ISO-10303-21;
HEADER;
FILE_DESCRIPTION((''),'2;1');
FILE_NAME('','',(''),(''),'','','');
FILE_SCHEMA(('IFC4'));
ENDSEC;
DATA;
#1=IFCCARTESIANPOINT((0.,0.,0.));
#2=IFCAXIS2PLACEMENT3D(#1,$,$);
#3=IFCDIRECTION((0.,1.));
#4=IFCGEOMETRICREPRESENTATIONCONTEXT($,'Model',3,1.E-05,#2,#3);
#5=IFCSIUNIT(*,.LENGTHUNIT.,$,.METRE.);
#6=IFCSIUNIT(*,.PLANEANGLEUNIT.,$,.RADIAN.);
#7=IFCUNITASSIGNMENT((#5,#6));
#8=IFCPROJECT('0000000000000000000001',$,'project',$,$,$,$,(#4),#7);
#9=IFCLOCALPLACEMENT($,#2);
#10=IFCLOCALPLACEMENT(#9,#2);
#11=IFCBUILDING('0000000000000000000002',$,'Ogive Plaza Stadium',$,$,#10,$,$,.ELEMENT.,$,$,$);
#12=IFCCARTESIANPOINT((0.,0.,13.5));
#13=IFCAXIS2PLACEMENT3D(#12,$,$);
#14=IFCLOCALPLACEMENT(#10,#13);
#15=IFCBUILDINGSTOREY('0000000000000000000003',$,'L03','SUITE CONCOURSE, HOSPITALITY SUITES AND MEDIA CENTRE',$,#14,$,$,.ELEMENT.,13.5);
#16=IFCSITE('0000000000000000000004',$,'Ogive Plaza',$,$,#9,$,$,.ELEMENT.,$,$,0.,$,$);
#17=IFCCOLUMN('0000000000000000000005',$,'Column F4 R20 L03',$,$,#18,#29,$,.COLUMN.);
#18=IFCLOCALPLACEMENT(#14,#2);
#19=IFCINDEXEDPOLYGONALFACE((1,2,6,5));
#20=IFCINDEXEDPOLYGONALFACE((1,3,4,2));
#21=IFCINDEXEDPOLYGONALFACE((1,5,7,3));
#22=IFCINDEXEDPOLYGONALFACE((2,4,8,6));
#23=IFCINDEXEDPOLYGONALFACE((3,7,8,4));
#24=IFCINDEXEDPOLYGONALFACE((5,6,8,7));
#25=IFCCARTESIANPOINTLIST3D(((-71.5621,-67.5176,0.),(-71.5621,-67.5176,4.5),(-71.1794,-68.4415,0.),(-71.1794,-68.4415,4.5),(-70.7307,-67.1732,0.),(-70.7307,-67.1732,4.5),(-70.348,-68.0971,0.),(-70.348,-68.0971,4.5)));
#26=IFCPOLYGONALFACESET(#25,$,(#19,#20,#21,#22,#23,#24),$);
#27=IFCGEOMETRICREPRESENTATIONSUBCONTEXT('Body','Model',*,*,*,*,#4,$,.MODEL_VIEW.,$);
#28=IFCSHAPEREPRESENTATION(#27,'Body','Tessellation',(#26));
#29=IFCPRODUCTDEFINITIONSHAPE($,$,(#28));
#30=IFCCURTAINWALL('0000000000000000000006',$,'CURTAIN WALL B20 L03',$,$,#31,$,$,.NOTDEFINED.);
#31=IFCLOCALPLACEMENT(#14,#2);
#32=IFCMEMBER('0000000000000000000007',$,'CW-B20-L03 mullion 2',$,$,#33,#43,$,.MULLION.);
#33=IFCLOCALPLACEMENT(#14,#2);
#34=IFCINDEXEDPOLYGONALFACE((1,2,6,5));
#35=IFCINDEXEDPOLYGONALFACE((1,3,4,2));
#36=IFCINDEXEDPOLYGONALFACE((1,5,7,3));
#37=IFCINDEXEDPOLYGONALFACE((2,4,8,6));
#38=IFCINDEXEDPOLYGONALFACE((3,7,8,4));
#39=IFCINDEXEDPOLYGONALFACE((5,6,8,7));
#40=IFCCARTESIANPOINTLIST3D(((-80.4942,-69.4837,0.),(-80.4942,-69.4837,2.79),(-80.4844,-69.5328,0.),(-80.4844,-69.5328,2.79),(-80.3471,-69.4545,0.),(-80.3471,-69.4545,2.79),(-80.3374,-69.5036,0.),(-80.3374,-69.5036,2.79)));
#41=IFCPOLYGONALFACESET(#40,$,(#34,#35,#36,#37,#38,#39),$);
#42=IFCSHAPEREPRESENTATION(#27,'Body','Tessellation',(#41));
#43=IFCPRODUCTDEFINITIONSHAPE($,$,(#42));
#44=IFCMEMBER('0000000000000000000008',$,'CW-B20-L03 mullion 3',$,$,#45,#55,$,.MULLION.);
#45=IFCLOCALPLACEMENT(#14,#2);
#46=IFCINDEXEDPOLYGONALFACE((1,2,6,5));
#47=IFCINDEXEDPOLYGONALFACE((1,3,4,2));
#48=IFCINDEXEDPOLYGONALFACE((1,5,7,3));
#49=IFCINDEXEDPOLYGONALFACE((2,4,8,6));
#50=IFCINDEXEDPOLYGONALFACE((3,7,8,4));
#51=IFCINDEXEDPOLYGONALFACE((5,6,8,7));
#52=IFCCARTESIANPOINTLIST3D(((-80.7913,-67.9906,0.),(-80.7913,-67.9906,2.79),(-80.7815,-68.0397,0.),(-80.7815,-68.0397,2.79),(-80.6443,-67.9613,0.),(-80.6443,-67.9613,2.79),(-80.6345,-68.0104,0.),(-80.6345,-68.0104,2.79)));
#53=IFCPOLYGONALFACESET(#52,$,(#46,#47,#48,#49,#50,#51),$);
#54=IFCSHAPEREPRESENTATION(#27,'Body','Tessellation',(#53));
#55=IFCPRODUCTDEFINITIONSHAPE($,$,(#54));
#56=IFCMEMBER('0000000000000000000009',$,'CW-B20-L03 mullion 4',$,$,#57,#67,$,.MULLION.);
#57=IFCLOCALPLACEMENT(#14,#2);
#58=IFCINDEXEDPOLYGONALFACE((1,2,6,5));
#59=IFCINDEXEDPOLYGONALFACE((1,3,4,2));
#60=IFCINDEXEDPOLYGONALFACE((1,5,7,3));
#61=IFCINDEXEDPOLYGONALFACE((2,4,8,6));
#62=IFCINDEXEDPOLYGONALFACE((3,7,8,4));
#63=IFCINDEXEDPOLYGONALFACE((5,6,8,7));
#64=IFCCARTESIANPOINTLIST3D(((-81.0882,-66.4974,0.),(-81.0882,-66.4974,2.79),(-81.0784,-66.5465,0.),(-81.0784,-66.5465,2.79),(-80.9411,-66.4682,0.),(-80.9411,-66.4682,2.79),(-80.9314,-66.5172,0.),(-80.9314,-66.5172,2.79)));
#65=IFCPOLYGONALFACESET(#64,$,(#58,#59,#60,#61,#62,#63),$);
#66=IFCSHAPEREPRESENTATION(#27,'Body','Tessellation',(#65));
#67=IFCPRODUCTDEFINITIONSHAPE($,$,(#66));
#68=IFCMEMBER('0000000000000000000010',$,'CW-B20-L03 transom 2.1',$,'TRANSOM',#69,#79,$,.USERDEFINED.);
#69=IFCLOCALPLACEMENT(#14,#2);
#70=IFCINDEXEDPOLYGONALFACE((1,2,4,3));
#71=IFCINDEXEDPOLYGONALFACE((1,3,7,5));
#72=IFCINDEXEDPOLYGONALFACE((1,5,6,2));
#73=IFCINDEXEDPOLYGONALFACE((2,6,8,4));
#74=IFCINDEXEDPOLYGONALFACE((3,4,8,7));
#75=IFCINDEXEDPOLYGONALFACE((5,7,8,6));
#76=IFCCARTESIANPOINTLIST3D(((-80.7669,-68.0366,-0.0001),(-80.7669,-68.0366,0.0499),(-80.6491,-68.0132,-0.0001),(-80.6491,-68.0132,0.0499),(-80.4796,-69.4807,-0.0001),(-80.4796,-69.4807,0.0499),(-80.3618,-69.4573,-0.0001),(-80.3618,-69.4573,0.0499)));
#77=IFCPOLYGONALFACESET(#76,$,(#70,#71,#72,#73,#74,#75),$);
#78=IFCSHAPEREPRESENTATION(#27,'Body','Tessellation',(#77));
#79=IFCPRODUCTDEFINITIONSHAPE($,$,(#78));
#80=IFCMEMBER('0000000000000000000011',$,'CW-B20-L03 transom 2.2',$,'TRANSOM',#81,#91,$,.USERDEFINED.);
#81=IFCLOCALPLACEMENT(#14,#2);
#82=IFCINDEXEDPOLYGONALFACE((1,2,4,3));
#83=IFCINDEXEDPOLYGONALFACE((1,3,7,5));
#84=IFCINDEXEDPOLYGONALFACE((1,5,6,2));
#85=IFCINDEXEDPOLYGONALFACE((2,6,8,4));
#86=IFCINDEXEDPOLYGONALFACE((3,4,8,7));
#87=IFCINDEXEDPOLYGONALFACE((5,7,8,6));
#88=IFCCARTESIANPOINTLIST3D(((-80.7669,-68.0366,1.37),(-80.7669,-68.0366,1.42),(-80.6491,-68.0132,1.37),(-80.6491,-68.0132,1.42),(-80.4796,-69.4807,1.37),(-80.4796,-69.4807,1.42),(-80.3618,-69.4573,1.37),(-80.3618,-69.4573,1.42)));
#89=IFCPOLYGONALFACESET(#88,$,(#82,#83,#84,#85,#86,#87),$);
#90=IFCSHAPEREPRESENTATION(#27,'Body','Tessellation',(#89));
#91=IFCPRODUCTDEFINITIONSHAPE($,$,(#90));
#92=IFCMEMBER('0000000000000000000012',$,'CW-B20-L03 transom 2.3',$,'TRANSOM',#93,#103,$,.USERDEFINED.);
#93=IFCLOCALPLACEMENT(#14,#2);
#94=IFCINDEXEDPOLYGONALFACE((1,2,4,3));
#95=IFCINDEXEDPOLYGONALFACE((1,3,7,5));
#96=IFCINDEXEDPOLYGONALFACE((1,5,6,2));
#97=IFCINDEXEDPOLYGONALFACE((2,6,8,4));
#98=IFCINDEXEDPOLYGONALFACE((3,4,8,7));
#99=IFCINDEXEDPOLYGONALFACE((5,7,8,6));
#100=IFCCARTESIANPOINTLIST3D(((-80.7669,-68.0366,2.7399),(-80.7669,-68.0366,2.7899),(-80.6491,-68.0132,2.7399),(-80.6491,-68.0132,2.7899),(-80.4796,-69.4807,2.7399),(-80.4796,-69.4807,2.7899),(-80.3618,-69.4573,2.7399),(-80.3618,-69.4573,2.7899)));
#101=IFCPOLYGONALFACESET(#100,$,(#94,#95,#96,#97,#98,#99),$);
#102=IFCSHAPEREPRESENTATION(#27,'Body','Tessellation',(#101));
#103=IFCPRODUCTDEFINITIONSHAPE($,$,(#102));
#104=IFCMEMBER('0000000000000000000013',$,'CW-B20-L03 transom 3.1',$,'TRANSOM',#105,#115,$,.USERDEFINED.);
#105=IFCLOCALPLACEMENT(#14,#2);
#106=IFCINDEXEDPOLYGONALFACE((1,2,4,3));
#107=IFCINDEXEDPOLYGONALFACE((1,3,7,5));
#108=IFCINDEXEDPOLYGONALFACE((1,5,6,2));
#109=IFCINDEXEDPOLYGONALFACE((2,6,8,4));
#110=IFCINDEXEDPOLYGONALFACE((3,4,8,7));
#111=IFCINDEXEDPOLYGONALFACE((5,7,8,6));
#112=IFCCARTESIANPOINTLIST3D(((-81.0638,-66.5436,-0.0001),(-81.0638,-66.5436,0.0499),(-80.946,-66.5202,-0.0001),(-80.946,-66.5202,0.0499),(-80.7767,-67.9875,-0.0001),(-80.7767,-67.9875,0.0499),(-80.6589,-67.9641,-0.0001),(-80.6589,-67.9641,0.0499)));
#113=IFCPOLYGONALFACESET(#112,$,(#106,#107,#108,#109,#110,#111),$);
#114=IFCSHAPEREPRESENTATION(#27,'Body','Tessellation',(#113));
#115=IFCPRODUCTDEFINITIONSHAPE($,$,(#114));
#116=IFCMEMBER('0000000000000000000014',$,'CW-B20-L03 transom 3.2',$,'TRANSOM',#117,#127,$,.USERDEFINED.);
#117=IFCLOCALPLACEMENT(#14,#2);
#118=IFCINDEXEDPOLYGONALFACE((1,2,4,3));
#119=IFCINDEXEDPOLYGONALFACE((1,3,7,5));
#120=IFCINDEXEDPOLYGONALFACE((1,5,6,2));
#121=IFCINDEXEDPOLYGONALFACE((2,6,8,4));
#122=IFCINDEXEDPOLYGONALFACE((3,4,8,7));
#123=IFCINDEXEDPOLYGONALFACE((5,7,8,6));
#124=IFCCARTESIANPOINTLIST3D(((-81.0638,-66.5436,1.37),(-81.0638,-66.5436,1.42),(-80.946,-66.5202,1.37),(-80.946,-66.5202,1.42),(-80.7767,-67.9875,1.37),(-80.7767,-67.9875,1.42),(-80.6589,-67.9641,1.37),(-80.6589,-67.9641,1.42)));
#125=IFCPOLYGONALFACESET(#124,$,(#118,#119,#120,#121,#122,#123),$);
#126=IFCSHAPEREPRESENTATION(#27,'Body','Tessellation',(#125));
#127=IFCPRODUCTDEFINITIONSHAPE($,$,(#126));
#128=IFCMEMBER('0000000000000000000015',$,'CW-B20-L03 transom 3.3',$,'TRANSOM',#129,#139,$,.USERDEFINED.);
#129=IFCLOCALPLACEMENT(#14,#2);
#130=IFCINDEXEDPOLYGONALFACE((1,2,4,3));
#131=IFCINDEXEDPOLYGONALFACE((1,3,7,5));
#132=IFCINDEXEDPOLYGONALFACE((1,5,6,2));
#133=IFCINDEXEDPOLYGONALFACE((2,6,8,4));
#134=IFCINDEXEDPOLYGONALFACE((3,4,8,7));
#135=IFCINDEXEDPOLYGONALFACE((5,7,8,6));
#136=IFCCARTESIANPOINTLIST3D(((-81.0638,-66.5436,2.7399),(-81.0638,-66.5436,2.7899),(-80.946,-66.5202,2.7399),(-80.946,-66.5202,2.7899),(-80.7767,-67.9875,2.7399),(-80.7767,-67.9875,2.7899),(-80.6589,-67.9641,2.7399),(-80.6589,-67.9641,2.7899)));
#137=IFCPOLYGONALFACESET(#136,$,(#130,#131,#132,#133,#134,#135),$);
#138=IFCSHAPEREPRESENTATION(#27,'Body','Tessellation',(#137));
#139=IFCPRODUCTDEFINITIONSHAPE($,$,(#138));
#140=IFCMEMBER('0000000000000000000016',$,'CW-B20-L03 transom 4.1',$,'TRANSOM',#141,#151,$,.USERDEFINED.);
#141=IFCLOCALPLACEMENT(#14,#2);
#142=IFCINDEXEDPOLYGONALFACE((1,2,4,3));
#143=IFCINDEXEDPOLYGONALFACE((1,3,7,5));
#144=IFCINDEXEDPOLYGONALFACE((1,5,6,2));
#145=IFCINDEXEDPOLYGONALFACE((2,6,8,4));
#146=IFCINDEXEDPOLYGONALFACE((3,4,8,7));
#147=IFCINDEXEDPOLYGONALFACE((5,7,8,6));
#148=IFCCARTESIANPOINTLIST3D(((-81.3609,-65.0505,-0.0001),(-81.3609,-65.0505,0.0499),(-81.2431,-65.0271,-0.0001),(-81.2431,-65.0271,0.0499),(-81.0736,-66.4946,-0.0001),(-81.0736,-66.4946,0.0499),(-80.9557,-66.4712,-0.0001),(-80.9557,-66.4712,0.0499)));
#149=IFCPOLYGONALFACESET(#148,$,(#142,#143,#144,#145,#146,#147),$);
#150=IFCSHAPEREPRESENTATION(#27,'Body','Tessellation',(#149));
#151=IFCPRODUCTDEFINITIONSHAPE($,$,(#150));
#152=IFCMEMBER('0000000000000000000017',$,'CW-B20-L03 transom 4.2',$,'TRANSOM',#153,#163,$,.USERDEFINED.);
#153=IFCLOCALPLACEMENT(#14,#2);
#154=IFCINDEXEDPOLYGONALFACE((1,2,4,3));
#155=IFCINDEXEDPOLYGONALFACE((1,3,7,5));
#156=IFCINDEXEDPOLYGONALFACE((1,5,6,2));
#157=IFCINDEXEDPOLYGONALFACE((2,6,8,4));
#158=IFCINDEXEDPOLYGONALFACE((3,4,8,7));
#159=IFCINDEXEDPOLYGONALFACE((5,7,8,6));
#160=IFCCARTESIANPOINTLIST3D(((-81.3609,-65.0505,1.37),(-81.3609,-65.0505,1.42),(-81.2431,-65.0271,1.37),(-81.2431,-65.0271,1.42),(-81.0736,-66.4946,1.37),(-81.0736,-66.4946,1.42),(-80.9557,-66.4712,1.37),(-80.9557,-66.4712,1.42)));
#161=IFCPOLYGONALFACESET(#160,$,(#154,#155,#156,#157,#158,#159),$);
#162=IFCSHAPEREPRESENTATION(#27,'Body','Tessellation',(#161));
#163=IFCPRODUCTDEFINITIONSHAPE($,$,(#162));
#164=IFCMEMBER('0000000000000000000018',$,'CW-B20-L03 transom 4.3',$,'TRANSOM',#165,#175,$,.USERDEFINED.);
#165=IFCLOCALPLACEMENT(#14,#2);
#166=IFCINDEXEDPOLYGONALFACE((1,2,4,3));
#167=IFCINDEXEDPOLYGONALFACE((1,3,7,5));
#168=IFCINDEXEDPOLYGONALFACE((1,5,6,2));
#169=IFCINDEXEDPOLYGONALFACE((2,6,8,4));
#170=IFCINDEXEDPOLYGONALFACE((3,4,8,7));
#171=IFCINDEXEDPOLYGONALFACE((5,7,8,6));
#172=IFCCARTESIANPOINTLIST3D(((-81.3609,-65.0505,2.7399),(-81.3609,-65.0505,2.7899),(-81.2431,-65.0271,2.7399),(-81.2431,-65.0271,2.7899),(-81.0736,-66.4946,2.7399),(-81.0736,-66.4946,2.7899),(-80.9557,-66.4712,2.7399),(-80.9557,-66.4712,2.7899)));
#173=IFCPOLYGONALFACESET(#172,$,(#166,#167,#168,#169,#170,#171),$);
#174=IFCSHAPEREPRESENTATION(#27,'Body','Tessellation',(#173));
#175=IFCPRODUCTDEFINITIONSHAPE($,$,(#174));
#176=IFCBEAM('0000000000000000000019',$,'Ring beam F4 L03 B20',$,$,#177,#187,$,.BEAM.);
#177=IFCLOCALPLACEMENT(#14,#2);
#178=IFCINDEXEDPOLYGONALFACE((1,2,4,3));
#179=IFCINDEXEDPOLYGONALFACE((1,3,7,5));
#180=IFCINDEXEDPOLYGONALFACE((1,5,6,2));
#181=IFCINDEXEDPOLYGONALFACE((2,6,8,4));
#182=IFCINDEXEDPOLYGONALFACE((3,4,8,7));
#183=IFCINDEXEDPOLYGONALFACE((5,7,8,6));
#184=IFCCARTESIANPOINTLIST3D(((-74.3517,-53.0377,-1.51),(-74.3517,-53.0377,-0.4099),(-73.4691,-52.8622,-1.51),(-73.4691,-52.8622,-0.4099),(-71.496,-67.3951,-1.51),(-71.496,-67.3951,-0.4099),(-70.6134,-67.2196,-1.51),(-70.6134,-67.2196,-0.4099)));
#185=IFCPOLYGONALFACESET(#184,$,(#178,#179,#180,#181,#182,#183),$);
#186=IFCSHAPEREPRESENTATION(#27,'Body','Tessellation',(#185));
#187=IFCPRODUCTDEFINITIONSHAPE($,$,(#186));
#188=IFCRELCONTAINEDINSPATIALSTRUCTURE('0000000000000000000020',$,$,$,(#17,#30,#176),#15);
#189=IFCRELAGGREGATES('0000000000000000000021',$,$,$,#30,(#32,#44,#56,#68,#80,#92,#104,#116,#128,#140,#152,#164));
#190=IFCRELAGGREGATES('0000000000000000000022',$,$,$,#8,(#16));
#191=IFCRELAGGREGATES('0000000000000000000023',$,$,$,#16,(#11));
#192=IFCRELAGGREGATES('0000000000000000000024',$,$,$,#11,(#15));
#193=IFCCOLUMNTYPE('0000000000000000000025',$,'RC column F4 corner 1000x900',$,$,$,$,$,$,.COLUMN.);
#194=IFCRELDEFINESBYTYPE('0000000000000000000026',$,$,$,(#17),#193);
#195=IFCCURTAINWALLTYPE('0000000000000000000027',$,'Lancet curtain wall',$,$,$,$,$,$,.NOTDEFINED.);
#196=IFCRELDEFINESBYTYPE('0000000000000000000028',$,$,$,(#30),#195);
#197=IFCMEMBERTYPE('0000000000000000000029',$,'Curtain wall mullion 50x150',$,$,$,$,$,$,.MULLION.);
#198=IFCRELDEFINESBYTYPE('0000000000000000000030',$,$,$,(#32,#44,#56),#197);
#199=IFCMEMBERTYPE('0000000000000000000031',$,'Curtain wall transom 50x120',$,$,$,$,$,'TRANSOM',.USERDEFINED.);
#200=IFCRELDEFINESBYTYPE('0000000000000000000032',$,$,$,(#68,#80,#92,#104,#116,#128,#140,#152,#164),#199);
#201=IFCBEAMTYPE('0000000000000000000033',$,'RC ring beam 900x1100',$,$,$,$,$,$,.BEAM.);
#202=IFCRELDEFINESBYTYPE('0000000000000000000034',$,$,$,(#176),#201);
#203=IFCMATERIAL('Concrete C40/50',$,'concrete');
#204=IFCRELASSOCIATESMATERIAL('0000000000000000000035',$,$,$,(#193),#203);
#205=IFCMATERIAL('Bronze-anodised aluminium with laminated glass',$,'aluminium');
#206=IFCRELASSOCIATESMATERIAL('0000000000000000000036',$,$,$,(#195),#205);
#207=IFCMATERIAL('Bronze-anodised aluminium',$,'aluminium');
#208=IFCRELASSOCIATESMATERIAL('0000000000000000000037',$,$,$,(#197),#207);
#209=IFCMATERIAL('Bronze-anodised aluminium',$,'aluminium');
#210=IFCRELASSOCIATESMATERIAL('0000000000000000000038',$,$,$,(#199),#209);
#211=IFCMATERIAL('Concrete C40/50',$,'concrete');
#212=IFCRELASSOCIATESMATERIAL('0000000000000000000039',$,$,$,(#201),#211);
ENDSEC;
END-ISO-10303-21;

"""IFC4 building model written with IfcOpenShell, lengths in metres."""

from ifc_helpers import new_model, si_unit, direction, frame, origin, origin_2d, place, context, subcontext, project, spatial, rectangle, extrude, material, material_profile, profile_set, type_object, element, aggregate, save


model = new_model("IFC4")

# Units and contexts
model_context = context("Model", 3, precision=1e-05, world=origin(), true_north=direction((0.0, 1.0)))
body_context = subcontext(model_context, "Body", "Model", "MODEL_VIEW")
ifc_project = project(units=[si_unit("LENGTHUNIT", "METRE"), si_unit("PLANEANGLEUNIT", "RADIAN")], contexts=[model_context])

# Site, building, storey
site_placement = place(None, origin())
site = spatial("IfcSite", under=ifc_project, at=site_placement, Name="Ogive Plaza", CompositionType="ELEMENT", RefElevation=0.0)
building_placement = place(site_placement, origin())
building = spatial("IfcBuilding", under=site, at=building_placement, Name="Ogive Plaza Stadium", CompositionType="ELEMENT")
storey_placement = place(building_placement, frame((0.0, 0.0, 13.5)))
storey = spatial("IfcBuildingStorey", under=building, at=storey_placement, Name="L03", Description="SUITE CONCOURSE, HOSPITALITY SUITES AND MEDIA CENTRE", CompositionType="ELEMENT", Elevation=13.5)

# Column
ifc_material_1 = material(Name="Concrete C40/50", Category="concrete")
ifc_material_profile_1 = material_profile(ifc_material_1, rectangle(XDim=1.0, YDim=0.8999, at=origin_2d()), Name="RC 1000x900")
ifc_profile_set_1 = profile_set([ifc_material_profile_1], Name="Concrete C40/50")
column_type = type_object("IfcColumnType", Name="RC column F4 corner 1000x900", PredefinedType="COLUMN", material=ifc_profile_set_1)
column_placement = place(storey_placement, frame((-70.9551, -67.8074, 0.0), z_axis=(0.0, 0.0, 1.0), x_axis=(0.382683, -0.92388, 0.0)))
element("IfcColumn", 1, at=column_placement, inside=storey, type_object=column_type, Name="Column F4 R20 L03", PredefinedType="COLUMN", context=body_context, shape_type="SweptSolid", body=[
    extrude(rectangle(XDim=1.0, YDim=0.8999, at=origin_2d()), origin(), (0.0, 0.0, 1.0), 4.5),
])

# Curtain wall, members
ifc_material_2 = material(Name="Bronze-anodised aluminium with laminated glass", Category="aluminium")
curtain_wall_type = type_object("IfcCurtainWallType", Name="Lancet curtain wall", PredefinedType="NOTDEFINED", material=ifc_material_2)
curtain_wall_placement = place(storey_placement, origin())
curtain_wall = element("IfcCurtainWall", 2, at=curtain_wall_placement, inside=storey, type_object=curtain_wall_type, Name="CURTAIN WALL B20 L03", PredefinedType="NOTDEFINED")
ifc_material_3 = material(Name="Bronze-anodised aluminium", Category="aluminium")
ifc_material_profile_2 = material_profile(ifc_material_3, rectangle(XDim=0.1499, YDim=0.05, at=origin_2d()), Name="AL 150x50")
ifc_profile_set_2 = profile_set([ifc_material_profile_2], Name="Bronze-anodised aluminium")
member_type_1 = type_object("IfcMemberType", Name="Curtain wall mullion 50x150", PredefinedType="MULLION", material=ifc_profile_set_2)
member_1_placement = place(storey_placement, frame((-80.4158, -69.4937, 0.0), z_axis=(0.0, 0.0, 1.0), x_axis=(-0.980785, -0.19509, 0.0)))
member_1 = element("IfcMember", 3, at=member_1_placement, type_object=member_type_1, Name="CW-B20-L03 mullion 2", PredefinedType="MULLION", context=body_context, shape_type="SweptSolid", body=[
    extrude(rectangle(XDim=0.1499, YDim=0.05, at=origin_2d()), origin(), (0.0, 0.0, 1.0), 2.79),
])
member_2_placement = place(storey_placement, frame((-80.7129, -68.0005, 0.0), z_axis=(0.0, 0.0, 1.0), x_axis=(-0.980785, -0.19509, 0.0)))
member_2 = element("IfcMember", 4, at=member_2_placement, type_object=member_type_1, Name="CW-B20-L03 mullion 3", PredefinedType="MULLION", context=body_context, shape_type="SweptSolid", body=[
    extrude(rectangle(XDim=0.1499, YDim=0.05, at=origin_2d()), origin(), (0.0, 0.0, 1.0), 2.79),
])
member_3_placement = place(storey_placement, frame((-81.0098, -66.5073, 0.0), z_axis=(0.0, 0.0, 1.0), x_axis=(-0.980785, -0.19509, 0.0)))
member_3 = element("IfcMember", 5, at=member_3_placement, type_object=member_type_1, Name="CW-B20-L03 mullion 4", PredefinedType="MULLION", context=body_context, shape_type="SweptSolid", body=[
    extrude(rectangle(XDim=0.1499, YDim=0.05, at=origin_2d()), origin(), (0.0, 0.0, 1.0), 2.79),
])
ifc_material_4 = material(Name="Bronze-anodised aluminium", Category="aluminium")
ifc_material_profile_3 = material_profile(ifc_material_4, rectangle(XDim=0.1201, YDim=0.05, at=origin_2d()), Name="AL 120x50")
ifc_profile_set_3 = profile_set([ifc_material_profile_3], Name="Bronze-anodised aluminium")
member_type_2 = type_object("IfcMemberType", Name="Curtain wall transom 50x120", ElementType="TRANSOM", PredefinedType="USERDEFINED", material=ifc_profile_set_3)
member_4_placement = place(storey_placement, frame((-80.4207, -69.469, 0.0249), z_axis=(-0.195159, 0.980772, 0.0), x_axis=(-0.980772, -0.195159, 0.0)))
member_4 = element("IfcMember", 6, at=member_4_placement, type_object=member_type_2, Name="CW-B20-L03 transom 2.1", ObjectType="TRANSOM", PredefinedType="USERDEFINED", context=body_context, shape_type="SweptSolid", body=[
    extrude(rectangle(XDim=0.1201, YDim=0.05, at=origin_2d()), origin(), (0.0, 0.0, 1.0), 1.4724),
])
member_5_placement = place(storey_placement, frame((-80.4207, -69.469, 1.395), z_axis=(-0.195159, 0.980772, 0.0), x_axis=(-0.980772, -0.195159, 0.0)))
member_5 = element("IfcMember", 7, at=member_5_placement, type_object=member_type_2, Name="CW-B20-L03 transom 2.2", ObjectType="TRANSOM", PredefinedType="USERDEFINED", context=body_context, shape_type="SweptSolid", body=[
    extrude(rectangle(XDim=0.1201, YDim=0.05, at=origin_2d()), origin(), (0.0, 0.0, 1.0), 1.4724),
])
member_6_placement = place(storey_placement, frame((-80.4207, -69.469, 2.7649), z_axis=(-0.195159, 0.980772, 0.0), x_axis=(-0.980772, -0.195159, 0.0)))
member_6 = element("IfcMember", 8, at=member_6_placement, type_object=member_type_2, Name="CW-B20-L03 transom 2.3", ObjectType="TRANSOM", PredefinedType="USERDEFINED", context=body_context, shape_type="SweptSolid", body=[
    extrude(rectangle(XDim=0.1201, YDim=0.05, at=origin_2d()), origin(), (0.0, 0.0, 1.0), 1.4724),
])
member_7_placement = place(storey_placement, frame((-80.7178, -67.9758, 0.0249), z_axis=(-0.195032, 0.980797, 0.0), x_axis=(-0.980797, -0.195032, 0.0)))
member_7 = element("IfcMember", 9, at=member_7_placement, type_object=member_type_2, Name="CW-B20-L03 transom 3.1", ObjectType="TRANSOM", PredefinedType="USERDEFINED", context=body_context, shape_type="SweptSolid", body=[
    extrude(rectangle(XDim=0.1201, YDim=0.05, at=origin_2d()), origin(), (0.0, 0.0, 1.0), 1.4722),
])
member_8_placement = place(storey_placement, frame((-80.7178, -67.9758, 1.395), z_axis=(-0.195032, 0.980797, 0.0), x_axis=(-0.980797, -0.195032, 0.0)))
member_8 = element("IfcMember", 10, at=member_8_placement, type_object=member_type_2, Name="CW-B20-L03 transom 3.2", ObjectType="TRANSOM", PredefinedType="USERDEFINED", context=body_context, shape_type="SweptSolid", body=[
    extrude(rectangle(XDim=0.1201, YDim=0.05, at=origin_2d()), origin(), (0.0, 0.0, 1.0), 1.4722),
])
member_9_placement = place(storey_placement, frame((-80.7178, -67.9758, 2.7649), z_axis=(-0.195032, 0.980797, 0.0), x_axis=(-0.980797, -0.195032, 0.0)))
member_9 = element("IfcMember", 11, at=member_9_placement, type_object=member_type_2, Name="CW-B20-L03 transom 3.3", ObjectType="TRANSOM", PredefinedType="USERDEFINED", context=body_context, shape_type="SweptSolid", body=[
    extrude(rectangle(XDim=0.1201, YDim=0.05, at=origin_2d()), origin(), (0.0, 0.0, 1.0), 1.4722),
])
member_10_placement = place(storey_placement, frame((-81.0146, -66.4829, 0.0249), z_axis=(-0.195159, 0.980772, 0.0), x_axis=(-0.980772, -0.195159, 0.0)))
member_10 = element("IfcMember", 12, at=member_10_placement, type_object=member_type_2, Name="CW-B20-L03 transom 4.1", ObjectType="TRANSOM", PredefinedType="USERDEFINED", context=body_context, shape_type="SweptSolid", body=[
    extrude(rectangle(XDim=0.1201, YDim=0.05, at=origin_2d()), origin(), (0.0, 0.0, 1.0), 1.4724),
])
member_11_placement = place(storey_placement, frame((-81.0146, -66.4829, 1.395), z_axis=(-0.195159, 0.980772, 0.0), x_axis=(-0.980772, -0.195159, 0.0)))
member_11 = element("IfcMember", 13, at=member_11_placement, type_object=member_type_2, Name="CW-B20-L03 transom 4.2", ObjectType="TRANSOM", PredefinedType="USERDEFINED", context=body_context, shape_type="SweptSolid", body=[
    extrude(rectangle(XDim=0.1201, YDim=0.05, at=origin_2d()), origin(), (0.0, 0.0, 1.0), 1.4724),
])
member_12_placement = place(storey_placement, frame((-81.0146, -66.4829, 2.7649), z_axis=(-0.195159, 0.980772, 0.0), x_axis=(-0.980772, -0.195159, 0.0)))
member_12 = element("IfcMember", 14, at=member_12_placement, type_object=member_type_2, Name="CW-B20-L03 transom 4.3", ObjectType="TRANSOM", PredefinedType="USERDEFINED", context=body_context, shape_type="SweptSolid", body=[
    extrude(rectangle(XDim=0.1201, YDim=0.05, at=origin_2d()), origin(), (0.0, 0.0, 1.0), 1.4724),
])

# Beam
ifc_material_5 = material(Name="Concrete C40/50", Category="concrete")
ifc_material_profile_4 = material_profile(ifc_material_5, rectangle(XDim=0.8999, YDim=1.1001, at=origin_2d()), Name="RC 900x1100")
ifc_profile_set_4 = profile_set([ifc_material_profile_4], Name="Concrete C40/50")
beam_type = type_object("IfcBeamType", Name="RC ring beam 900x1100", PredefinedType="BEAM", material=ifc_profile_set_4)
beam_placement = place(storey_placement, frame((-71.0547, -67.3074, -0.96), z_axis=(-0.19508, 0.980787, 0.0), x_axis=(-0.980787, -0.19508, 0.0)))
element("IfcBeam", 15, at=beam_placement, inside=storey, type_object=beam_type, Name="Ring beam F4 L03 B20", PredefinedType="BEAM", context=body_context, shape_type="SweptSolid", body=[
    extrude(rectangle(XDim=0.8999, YDim=1.1001, at=origin_2d()), origin(), (0.0, 0.0, 1.0), 14.6387),
])

aggregate(curtain_wall, [member_1, member_2, member_3, member_4, member_5, member_6, member_7, member_8, member_9, member_10, member_11, member_12])

save(model, "model.ifc")
